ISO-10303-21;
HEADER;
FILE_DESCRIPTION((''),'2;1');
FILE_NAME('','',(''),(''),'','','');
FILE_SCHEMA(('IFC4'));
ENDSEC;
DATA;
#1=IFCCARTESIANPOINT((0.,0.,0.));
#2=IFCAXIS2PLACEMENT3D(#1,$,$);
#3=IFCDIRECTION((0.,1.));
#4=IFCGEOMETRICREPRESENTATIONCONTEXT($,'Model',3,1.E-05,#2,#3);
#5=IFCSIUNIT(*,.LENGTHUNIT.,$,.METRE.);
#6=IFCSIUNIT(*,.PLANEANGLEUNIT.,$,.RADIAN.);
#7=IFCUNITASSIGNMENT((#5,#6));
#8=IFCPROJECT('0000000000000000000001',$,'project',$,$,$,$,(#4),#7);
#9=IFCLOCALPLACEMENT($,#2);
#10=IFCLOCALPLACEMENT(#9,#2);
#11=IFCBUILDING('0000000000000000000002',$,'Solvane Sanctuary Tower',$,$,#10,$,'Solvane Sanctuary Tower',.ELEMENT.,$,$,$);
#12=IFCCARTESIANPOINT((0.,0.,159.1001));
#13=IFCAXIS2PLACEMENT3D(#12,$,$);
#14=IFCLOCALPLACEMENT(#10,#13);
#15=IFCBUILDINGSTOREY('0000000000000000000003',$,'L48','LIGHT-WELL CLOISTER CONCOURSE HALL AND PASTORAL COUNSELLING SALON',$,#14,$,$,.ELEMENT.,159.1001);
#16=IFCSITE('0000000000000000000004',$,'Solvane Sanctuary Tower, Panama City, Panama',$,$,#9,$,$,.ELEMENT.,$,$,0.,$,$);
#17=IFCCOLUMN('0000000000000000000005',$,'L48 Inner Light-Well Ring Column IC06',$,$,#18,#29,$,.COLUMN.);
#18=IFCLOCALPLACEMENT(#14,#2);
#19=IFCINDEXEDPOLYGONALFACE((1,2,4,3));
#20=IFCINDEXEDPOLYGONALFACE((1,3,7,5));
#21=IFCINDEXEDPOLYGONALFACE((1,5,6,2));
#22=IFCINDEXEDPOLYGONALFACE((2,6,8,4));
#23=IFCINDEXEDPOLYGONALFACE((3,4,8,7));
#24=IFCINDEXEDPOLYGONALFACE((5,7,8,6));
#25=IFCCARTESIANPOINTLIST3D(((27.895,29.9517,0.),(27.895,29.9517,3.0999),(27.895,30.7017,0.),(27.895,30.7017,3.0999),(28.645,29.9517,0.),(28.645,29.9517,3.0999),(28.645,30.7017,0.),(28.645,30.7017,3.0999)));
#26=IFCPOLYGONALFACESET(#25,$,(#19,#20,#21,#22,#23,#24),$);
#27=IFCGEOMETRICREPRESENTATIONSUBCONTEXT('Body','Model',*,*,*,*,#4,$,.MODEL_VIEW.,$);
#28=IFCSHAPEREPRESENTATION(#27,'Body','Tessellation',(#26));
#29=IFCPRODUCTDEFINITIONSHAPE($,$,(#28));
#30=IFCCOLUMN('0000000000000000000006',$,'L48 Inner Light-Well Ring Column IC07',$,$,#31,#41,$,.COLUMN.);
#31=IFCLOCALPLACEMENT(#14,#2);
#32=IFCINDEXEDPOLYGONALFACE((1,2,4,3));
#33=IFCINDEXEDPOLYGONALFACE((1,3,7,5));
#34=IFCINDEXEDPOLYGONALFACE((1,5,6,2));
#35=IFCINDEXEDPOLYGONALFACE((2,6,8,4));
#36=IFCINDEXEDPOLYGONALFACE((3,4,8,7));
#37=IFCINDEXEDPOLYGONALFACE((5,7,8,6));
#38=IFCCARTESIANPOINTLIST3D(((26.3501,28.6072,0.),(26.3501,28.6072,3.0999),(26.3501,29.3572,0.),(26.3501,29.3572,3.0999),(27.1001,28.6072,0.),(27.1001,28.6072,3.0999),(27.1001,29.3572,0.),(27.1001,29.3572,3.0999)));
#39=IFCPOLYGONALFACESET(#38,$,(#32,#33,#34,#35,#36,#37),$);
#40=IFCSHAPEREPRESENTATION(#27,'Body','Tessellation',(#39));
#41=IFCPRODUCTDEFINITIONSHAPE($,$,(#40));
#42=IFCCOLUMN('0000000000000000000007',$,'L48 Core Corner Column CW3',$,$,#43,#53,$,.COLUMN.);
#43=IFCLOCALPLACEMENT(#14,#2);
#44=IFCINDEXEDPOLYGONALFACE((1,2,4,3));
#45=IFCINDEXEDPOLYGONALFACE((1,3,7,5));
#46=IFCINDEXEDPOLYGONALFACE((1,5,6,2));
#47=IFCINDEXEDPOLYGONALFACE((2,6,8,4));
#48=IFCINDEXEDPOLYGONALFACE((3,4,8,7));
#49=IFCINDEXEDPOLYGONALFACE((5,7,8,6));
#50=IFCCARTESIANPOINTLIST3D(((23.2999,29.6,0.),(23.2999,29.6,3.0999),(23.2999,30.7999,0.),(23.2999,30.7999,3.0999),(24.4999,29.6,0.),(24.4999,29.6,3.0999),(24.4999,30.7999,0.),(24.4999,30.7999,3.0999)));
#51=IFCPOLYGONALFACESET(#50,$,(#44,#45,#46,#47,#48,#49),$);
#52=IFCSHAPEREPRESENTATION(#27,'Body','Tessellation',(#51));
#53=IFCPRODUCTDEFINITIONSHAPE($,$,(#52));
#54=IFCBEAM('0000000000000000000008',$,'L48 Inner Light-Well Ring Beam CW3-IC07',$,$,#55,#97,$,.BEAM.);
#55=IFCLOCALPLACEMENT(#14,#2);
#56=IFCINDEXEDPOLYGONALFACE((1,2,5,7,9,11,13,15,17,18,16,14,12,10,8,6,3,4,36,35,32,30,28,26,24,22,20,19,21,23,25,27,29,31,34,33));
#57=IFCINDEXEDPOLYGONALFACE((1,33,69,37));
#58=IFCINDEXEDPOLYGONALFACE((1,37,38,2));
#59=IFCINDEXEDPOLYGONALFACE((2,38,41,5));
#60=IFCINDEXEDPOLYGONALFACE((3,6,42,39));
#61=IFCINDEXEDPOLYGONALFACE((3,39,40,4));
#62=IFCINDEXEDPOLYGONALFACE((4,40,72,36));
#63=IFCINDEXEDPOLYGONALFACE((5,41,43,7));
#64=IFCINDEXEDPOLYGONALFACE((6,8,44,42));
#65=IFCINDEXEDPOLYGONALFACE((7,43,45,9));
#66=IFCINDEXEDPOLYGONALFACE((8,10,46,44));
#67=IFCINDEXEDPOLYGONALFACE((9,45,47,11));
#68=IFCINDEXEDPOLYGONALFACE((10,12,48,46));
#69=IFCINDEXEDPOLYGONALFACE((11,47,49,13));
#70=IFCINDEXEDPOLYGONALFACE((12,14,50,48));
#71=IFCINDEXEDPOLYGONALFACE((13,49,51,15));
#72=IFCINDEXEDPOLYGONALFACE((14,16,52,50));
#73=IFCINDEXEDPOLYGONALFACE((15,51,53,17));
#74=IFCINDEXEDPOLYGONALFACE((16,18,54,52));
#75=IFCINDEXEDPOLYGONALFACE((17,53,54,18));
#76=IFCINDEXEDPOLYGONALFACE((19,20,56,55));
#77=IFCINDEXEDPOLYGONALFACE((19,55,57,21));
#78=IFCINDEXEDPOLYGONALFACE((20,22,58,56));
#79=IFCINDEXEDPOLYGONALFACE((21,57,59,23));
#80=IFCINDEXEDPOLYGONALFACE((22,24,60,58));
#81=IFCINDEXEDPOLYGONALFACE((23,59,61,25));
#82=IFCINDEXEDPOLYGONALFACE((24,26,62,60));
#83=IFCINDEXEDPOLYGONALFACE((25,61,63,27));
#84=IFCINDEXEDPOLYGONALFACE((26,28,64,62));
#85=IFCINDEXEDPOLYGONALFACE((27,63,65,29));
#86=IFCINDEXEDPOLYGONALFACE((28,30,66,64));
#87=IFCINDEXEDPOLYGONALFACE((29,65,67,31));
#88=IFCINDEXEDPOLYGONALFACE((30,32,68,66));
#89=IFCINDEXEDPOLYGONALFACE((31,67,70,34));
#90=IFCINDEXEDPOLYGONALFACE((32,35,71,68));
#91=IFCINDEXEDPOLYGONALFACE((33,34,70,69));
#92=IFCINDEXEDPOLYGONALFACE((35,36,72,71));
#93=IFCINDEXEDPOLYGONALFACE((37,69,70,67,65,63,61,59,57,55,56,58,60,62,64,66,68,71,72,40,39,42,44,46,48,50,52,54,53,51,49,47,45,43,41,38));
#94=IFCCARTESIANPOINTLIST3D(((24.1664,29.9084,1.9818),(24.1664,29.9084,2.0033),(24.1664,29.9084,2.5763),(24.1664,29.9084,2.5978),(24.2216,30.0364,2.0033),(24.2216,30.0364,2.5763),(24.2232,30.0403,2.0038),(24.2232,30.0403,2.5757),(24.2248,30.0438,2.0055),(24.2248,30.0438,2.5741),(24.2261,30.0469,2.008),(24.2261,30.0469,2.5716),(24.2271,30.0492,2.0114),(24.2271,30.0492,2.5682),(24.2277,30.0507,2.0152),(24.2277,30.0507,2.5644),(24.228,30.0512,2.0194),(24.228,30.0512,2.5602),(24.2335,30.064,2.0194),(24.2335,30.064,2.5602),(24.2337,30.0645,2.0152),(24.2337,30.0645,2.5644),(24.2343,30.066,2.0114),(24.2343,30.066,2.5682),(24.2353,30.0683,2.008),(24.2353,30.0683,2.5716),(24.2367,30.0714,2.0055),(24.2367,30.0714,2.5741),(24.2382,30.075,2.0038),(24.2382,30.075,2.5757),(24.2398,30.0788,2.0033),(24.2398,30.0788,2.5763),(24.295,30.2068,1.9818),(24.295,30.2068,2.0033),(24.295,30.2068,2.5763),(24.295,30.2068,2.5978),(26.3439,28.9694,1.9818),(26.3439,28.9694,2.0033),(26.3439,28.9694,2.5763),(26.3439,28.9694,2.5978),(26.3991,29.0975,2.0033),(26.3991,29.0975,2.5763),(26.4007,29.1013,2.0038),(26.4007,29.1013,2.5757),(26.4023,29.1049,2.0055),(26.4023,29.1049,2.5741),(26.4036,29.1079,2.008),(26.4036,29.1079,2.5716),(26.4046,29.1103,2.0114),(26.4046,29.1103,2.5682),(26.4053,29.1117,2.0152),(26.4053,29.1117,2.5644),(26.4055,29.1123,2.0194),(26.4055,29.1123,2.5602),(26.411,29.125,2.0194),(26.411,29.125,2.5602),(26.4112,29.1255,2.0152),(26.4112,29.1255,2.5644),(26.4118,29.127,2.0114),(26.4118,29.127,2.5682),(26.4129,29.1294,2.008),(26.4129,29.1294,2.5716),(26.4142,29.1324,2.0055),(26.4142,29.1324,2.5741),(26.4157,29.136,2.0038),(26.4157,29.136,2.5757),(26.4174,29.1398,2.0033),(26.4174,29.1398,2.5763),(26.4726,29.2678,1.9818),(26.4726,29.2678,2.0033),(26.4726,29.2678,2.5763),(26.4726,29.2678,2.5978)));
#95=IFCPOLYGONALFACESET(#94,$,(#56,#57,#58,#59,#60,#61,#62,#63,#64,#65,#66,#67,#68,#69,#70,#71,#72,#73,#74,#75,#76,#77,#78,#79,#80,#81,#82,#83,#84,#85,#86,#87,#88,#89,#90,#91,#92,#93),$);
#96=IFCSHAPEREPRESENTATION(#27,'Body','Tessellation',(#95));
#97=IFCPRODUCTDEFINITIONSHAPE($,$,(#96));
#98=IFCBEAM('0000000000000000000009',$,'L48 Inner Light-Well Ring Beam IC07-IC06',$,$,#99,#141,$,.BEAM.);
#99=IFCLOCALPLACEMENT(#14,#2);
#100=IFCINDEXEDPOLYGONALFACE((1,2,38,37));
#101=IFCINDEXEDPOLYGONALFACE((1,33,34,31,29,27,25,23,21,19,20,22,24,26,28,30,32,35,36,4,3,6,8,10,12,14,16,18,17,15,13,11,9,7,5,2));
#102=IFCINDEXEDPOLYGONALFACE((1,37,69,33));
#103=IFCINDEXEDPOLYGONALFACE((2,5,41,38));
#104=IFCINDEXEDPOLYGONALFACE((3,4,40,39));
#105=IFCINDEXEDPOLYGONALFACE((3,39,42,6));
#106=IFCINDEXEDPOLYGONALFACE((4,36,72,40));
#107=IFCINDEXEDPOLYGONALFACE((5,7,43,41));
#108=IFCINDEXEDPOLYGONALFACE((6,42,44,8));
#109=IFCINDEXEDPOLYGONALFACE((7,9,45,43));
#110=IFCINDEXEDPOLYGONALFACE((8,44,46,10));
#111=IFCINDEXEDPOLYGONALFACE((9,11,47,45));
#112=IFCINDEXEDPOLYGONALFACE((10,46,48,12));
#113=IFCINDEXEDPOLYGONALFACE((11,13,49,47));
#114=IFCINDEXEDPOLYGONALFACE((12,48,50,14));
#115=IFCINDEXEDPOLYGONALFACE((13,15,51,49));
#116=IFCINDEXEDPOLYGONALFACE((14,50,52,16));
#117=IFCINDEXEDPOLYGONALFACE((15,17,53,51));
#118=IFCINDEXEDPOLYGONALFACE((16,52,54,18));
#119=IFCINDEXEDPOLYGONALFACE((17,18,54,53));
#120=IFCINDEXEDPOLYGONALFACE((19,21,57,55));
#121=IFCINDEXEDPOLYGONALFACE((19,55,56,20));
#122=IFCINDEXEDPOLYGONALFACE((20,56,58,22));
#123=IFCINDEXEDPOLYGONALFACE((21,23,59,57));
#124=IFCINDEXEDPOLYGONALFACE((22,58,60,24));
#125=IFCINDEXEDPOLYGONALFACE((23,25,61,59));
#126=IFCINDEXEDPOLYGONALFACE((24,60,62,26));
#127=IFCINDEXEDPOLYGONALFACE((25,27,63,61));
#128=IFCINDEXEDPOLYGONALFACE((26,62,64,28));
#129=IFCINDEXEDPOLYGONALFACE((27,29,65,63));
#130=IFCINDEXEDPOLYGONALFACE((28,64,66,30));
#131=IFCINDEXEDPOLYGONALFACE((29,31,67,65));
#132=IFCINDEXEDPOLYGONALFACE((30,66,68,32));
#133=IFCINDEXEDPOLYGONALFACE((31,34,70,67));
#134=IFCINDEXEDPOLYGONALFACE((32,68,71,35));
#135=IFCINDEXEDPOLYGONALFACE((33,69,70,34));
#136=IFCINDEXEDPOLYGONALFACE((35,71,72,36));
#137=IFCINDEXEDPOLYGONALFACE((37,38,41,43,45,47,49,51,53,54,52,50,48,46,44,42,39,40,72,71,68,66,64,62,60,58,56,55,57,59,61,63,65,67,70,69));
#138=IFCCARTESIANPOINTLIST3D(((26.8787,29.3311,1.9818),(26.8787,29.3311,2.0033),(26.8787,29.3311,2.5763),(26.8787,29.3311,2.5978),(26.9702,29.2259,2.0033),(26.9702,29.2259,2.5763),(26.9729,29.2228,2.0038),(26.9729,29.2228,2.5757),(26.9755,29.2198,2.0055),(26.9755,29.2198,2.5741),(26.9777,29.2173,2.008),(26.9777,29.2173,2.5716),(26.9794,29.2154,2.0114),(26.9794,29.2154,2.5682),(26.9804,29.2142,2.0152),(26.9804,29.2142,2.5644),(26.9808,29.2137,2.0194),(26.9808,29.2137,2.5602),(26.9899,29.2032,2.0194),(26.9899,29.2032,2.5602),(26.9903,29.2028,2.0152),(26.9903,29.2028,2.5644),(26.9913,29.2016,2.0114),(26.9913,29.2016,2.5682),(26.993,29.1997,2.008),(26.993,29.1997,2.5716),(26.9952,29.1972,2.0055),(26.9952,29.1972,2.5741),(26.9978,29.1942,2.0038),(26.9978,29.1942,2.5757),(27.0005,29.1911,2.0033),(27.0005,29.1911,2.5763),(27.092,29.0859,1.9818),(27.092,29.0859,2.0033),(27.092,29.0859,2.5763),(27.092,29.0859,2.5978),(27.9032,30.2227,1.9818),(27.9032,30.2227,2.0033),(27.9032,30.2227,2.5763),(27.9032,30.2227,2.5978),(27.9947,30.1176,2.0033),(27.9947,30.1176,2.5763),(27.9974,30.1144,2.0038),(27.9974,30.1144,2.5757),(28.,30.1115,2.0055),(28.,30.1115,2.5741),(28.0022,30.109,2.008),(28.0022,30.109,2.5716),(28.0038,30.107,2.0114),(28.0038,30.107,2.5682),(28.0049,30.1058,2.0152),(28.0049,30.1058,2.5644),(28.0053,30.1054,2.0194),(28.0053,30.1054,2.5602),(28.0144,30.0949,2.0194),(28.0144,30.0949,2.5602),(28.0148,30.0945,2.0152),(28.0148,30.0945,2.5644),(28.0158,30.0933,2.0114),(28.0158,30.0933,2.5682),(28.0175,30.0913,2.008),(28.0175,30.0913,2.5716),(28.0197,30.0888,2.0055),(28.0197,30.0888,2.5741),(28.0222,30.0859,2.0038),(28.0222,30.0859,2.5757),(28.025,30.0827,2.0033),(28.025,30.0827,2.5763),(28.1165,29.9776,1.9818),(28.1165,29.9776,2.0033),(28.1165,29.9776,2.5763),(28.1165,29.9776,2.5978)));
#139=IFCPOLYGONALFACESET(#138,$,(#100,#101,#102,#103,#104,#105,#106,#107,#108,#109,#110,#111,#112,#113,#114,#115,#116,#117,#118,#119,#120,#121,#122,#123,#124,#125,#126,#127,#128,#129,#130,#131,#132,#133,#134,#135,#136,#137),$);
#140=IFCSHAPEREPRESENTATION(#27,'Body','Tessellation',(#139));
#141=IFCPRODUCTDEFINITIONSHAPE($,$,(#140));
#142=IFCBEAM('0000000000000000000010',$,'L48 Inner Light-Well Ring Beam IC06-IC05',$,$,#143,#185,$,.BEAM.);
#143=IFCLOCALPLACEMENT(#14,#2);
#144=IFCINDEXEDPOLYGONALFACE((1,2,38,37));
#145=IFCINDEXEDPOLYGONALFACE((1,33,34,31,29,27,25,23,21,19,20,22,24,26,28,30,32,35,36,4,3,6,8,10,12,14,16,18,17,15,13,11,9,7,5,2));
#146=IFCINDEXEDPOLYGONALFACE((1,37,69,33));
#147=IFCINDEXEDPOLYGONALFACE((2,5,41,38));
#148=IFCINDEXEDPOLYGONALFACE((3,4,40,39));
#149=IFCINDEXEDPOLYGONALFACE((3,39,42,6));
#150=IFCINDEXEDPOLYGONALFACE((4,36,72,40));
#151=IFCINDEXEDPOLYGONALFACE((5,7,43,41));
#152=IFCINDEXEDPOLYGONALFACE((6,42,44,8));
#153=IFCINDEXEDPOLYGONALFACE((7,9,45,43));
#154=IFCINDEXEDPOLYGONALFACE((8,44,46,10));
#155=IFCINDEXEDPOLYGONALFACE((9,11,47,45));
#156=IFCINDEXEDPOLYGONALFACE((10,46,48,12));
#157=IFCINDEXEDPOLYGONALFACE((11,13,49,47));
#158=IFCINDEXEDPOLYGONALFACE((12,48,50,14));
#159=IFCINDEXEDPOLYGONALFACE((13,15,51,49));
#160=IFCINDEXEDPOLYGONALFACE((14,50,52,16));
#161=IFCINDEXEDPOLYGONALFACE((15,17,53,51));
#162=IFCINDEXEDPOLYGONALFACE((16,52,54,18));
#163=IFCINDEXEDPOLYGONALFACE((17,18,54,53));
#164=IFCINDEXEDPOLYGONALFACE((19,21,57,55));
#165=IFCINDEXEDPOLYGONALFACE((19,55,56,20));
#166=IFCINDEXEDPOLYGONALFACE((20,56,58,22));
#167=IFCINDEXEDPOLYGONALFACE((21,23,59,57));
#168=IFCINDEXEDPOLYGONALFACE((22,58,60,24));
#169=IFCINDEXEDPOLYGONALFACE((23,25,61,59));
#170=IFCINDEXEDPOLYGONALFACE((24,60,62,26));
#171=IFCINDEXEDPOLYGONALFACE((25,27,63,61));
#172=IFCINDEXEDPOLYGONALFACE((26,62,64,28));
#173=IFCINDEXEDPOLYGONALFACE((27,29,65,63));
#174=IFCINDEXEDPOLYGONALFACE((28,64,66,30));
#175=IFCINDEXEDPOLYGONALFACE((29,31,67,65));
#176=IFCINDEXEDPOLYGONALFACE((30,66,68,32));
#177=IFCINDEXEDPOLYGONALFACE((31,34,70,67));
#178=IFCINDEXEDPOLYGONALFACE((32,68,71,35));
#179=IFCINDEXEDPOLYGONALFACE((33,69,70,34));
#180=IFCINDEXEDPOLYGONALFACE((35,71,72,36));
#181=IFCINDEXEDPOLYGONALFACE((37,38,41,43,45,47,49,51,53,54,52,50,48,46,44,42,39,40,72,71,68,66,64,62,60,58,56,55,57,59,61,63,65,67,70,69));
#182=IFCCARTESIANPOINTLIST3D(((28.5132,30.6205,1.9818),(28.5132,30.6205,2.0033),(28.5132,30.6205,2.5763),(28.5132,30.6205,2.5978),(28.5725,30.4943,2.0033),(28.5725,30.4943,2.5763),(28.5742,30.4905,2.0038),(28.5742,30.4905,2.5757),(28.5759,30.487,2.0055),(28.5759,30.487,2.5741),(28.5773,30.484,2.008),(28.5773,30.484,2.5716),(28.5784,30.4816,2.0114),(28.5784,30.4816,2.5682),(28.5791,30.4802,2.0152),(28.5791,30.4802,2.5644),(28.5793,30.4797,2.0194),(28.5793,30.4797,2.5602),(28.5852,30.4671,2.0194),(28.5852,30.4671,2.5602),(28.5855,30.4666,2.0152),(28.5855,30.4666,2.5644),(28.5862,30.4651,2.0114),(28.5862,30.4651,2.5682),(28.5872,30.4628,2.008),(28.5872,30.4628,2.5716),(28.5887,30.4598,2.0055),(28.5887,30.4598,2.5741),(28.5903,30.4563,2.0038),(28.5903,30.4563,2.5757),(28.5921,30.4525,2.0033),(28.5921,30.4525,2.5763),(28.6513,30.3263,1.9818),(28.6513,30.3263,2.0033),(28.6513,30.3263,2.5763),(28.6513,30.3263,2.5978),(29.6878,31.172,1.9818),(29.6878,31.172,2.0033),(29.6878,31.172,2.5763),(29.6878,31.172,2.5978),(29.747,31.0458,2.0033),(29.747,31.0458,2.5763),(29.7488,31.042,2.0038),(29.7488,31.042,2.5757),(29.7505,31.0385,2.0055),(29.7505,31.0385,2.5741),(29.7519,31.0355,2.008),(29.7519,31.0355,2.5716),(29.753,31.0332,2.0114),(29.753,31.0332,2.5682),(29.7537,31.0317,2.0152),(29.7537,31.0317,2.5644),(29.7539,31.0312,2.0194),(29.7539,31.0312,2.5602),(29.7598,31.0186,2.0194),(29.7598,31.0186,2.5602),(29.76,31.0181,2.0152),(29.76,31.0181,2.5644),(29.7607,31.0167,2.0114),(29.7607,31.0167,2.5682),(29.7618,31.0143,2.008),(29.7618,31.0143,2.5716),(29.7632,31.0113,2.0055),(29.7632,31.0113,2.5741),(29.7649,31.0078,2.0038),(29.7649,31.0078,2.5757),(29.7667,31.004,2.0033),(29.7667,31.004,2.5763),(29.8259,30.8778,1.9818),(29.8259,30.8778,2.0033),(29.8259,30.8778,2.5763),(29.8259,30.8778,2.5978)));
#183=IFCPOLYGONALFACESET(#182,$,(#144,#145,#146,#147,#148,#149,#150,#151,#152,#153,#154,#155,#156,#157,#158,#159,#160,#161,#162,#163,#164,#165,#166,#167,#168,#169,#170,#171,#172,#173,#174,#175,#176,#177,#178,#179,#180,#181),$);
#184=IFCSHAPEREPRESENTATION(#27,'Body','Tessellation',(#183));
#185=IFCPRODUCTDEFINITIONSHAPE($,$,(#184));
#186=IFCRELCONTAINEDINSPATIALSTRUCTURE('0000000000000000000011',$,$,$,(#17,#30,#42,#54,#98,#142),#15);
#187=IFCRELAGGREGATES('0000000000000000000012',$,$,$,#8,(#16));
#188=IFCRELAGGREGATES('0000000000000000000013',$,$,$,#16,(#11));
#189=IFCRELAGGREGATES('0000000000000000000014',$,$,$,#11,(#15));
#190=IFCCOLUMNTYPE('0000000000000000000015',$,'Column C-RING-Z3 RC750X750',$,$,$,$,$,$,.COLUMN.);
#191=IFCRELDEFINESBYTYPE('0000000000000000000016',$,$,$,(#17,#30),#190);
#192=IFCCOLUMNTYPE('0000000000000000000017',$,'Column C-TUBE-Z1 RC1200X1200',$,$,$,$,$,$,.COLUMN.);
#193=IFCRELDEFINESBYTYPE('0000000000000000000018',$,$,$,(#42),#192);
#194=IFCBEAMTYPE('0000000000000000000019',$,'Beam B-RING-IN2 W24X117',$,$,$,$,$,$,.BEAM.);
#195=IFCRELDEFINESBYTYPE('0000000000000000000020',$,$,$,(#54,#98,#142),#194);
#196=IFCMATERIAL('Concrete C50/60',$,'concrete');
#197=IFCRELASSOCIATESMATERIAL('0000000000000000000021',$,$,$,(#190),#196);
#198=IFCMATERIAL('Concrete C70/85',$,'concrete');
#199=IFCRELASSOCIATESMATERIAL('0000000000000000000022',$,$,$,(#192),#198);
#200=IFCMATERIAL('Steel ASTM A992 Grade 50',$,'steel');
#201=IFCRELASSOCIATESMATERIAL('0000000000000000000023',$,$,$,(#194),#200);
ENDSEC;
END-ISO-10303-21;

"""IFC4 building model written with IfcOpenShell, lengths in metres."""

from ifc_helpers import new_model, si_unit, direction, frame, origin, origin_2d, place, context, subcontext, project, spatial, rectangle, i_section, extrude, material, material_profile, profile_set, type_object, element, save


model = new_model("IFC4")

# Units and contexts
model_context = context("Model", 3, precision=1e-05, world=origin(), true_north=direction((0.0, 1.0)))
body_context = subcontext(model_context, "Body", "Model", "MODEL_VIEW")
ifc_project = project(units=[si_unit("LENGTHUNIT", "METRE"), si_unit("PLANEANGLEUNIT", "RADIAN")], contexts=[model_context])

# Site, building, storey
site_placement = place(None, origin())
site = spatial("IfcSite", under=ifc_project, at=site_placement, Name="Solvane Sanctuary Tower, Panama City, Panama", CompositionType="ELEMENT", RefElevation=0.0)
building_placement = place(site_placement, origin())
building = spatial("IfcBuilding", under=site, at=building_placement, Name="Solvane Sanctuary Tower", LongName="Solvane Sanctuary Tower", CompositionType="ELEMENT")
storey_placement = place(building_placement, frame((0.0, 0.0, 159.1001)))
storey = spatial("IfcBuildingStorey", under=building, at=storey_placement, Name="L48", Description="LIGHT-WELL CLOISTER CONCOURSE HALL AND PASTORAL COUNSELLING SALON", CompositionType="ELEMENT", Elevation=159.1001)

# Columns
ifc_material_1 = material(Name="Concrete C50/60", Category="concrete")
ifc_material_profile_1 = material_profile(ifc_material_1, rectangle(XDim=0.75, YDim=0.75, at=origin_2d()), Name="RC750X750")
ifc_profile_set_1 = profile_set([ifc_material_profile_1], Name="Concrete C50/60")
column_type_1 = type_object("IfcColumnType", Name="Column C-RING-Z3 RC750X750", PredefinedType="COLUMN", material=ifc_profile_set_1)
for number, where, z_axis, x_axis, name in (
    (1, (28.27, 30.3267, 0.0), (0.0, 0.0, 1.0), (1.0, 0.0, 0.0), "L48 Inner Light-Well Ring Column IC06"),
    (2, (26.7251, 28.9822, 0.0), (0.0, 0.0, 1.0), (1.0, 0.0, 0.0), "L48 Inner Light-Well Ring Column IC07"),
):
    element("IfcColumn", number, at=place(storey_placement, frame(where, z_axis=z_axis, x_axis=x_axis)), inside=storey, type_object=column_type_1, Name=name, PredefinedType="COLUMN", context=body_context, shape_type="SweptSolid", body=[
        extrude(rectangle(XDim=0.75, YDim=0.75, at=origin_2d()), origin(), (0.0, 0.0, 1.0), 3.0999),
    ])
ifc_material_2 = material(Name="Concrete C70/85", Category="concrete")
ifc_material_profile_2 = material_profile(ifc_material_2, rectangle(XDim=1.2, YDim=1.2, at=origin_2d()), Name="RC1200X1200")
ifc_profile_set_2 = profile_set([ifc_material_profile_2], Name="Concrete C70/85")
column_type_2 = type_object("IfcColumnType", Name="Column C-TUBE-Z1 RC1200X1200", PredefinedType="COLUMN", material=ifc_profile_set_2)
column_placement = place(storey_placement, frame((23.8999, 30.2, 0.0), z_axis=(0.0, 0.0, 1.0), x_axis=(1.0, 0.0, 0.0)))
element("IfcColumn", 3, at=column_placement, inside=storey, type_object=column_type_2, Name="L48 Core Corner Column CW3", PredefinedType="COLUMN", context=body_context, shape_type="SweptSolid", body=[
    extrude(rectangle(XDim=1.2, YDim=1.2, at=origin_2d()), origin(), (0.0, 0.0, 1.0), 3.0999),
])

# Beams
ifc_material_3 = material(Name="Steel ASTM A992 Grade 50", Category="steel")
ifc_material_profile_3 = material_profile(ifc_material_3, i_section(OverallWidth=0.325, OverallDepth=0.616, WebThickness=0.0139, FlangeThickness=0.0215, FilletRadius=0.0161, at=origin_2d()), Name="W24X117")
ifc_profile_set_3 = profile_set([ifc_material_profile_3], Name="Steel ASTM A992 Grade 50")
beam_type_1 = type_object("IfcBeamType", Name="Beam B-RING-IN2 W24X117", PredefinedType="BEAM", material=ifc_profile_set_3)
beam_1_placement = place(storey_placement, frame((24.2307, 30.0576, 2.2898), z_axis=(0.918264, -0.395969, 0.0), x_axis=(0.395969, 0.918264, 0.0)))
element("IfcBeam", 4, at=beam_1_placement, inside=storey, type_object=beam_type_1, Name="L48 Inner Light-Well Ring Beam CW3-IC07", PredefinedType="BEAM", context=body_context, shape_type="SweptSolid", body=[
    extrude(i_section(OverallWidth=0.325, OverallDepth=0.616, WebThickness=0.0139, FlangeThickness=0.0215, FilletRadius=0.0161, at=origin_2d()), origin(), (0.0, 0.0, 1.0), 2.3713),
])
beam_2_placement = place(storey_placement, frame((26.9854, 29.2085, 2.2898), z_axis=(0.754311, 0.656517, 0.0), x_axis=(-0.656517, 0.754311, 0.0)))
element("IfcBeam", 5, at=beam_2_placement, inside=storey, type_object=beam_type_1, Name="L48 Inner Light-Well Ring Beam IC07-IC06", PredefinedType="BEAM", context=body_context, shape_type="SweptSolid", body=[
    extrude(i_section(OverallWidth=0.325, OverallDepth=0.616, WebThickness=0.0139, FlangeThickness=0.0215, FilletRadius=0.0161, at=origin_2d()), origin(), (0.0, 0.0, 1.0), 1.3582),
])
beam_3_placement = place(storey_placement, frame((28.5823, 30.4734, 2.2898), z_axis=(0.905181, 0.425027, 0.0), x_axis=(-0.425027, 0.905181, 0.0)))
element("IfcBeam", 6, at=beam_3_placement, inside=storey, type_object=beam_type_1, Name="L48 Inner Light-Well Ring Beam IC06-IC05", PredefinedType="BEAM", context=body_context, shape_type="SweptSolid", body=[
    extrude(i_section(OverallWidth=0.325, OverallDepth=0.616, WebThickness=0.0139, FlangeThickness=0.0215, FilletRadius=0.0161, at=origin_2d()), origin(), (0.0, 0.0, 1.0), 1.2976),
])

save(model, "model.ifc")
